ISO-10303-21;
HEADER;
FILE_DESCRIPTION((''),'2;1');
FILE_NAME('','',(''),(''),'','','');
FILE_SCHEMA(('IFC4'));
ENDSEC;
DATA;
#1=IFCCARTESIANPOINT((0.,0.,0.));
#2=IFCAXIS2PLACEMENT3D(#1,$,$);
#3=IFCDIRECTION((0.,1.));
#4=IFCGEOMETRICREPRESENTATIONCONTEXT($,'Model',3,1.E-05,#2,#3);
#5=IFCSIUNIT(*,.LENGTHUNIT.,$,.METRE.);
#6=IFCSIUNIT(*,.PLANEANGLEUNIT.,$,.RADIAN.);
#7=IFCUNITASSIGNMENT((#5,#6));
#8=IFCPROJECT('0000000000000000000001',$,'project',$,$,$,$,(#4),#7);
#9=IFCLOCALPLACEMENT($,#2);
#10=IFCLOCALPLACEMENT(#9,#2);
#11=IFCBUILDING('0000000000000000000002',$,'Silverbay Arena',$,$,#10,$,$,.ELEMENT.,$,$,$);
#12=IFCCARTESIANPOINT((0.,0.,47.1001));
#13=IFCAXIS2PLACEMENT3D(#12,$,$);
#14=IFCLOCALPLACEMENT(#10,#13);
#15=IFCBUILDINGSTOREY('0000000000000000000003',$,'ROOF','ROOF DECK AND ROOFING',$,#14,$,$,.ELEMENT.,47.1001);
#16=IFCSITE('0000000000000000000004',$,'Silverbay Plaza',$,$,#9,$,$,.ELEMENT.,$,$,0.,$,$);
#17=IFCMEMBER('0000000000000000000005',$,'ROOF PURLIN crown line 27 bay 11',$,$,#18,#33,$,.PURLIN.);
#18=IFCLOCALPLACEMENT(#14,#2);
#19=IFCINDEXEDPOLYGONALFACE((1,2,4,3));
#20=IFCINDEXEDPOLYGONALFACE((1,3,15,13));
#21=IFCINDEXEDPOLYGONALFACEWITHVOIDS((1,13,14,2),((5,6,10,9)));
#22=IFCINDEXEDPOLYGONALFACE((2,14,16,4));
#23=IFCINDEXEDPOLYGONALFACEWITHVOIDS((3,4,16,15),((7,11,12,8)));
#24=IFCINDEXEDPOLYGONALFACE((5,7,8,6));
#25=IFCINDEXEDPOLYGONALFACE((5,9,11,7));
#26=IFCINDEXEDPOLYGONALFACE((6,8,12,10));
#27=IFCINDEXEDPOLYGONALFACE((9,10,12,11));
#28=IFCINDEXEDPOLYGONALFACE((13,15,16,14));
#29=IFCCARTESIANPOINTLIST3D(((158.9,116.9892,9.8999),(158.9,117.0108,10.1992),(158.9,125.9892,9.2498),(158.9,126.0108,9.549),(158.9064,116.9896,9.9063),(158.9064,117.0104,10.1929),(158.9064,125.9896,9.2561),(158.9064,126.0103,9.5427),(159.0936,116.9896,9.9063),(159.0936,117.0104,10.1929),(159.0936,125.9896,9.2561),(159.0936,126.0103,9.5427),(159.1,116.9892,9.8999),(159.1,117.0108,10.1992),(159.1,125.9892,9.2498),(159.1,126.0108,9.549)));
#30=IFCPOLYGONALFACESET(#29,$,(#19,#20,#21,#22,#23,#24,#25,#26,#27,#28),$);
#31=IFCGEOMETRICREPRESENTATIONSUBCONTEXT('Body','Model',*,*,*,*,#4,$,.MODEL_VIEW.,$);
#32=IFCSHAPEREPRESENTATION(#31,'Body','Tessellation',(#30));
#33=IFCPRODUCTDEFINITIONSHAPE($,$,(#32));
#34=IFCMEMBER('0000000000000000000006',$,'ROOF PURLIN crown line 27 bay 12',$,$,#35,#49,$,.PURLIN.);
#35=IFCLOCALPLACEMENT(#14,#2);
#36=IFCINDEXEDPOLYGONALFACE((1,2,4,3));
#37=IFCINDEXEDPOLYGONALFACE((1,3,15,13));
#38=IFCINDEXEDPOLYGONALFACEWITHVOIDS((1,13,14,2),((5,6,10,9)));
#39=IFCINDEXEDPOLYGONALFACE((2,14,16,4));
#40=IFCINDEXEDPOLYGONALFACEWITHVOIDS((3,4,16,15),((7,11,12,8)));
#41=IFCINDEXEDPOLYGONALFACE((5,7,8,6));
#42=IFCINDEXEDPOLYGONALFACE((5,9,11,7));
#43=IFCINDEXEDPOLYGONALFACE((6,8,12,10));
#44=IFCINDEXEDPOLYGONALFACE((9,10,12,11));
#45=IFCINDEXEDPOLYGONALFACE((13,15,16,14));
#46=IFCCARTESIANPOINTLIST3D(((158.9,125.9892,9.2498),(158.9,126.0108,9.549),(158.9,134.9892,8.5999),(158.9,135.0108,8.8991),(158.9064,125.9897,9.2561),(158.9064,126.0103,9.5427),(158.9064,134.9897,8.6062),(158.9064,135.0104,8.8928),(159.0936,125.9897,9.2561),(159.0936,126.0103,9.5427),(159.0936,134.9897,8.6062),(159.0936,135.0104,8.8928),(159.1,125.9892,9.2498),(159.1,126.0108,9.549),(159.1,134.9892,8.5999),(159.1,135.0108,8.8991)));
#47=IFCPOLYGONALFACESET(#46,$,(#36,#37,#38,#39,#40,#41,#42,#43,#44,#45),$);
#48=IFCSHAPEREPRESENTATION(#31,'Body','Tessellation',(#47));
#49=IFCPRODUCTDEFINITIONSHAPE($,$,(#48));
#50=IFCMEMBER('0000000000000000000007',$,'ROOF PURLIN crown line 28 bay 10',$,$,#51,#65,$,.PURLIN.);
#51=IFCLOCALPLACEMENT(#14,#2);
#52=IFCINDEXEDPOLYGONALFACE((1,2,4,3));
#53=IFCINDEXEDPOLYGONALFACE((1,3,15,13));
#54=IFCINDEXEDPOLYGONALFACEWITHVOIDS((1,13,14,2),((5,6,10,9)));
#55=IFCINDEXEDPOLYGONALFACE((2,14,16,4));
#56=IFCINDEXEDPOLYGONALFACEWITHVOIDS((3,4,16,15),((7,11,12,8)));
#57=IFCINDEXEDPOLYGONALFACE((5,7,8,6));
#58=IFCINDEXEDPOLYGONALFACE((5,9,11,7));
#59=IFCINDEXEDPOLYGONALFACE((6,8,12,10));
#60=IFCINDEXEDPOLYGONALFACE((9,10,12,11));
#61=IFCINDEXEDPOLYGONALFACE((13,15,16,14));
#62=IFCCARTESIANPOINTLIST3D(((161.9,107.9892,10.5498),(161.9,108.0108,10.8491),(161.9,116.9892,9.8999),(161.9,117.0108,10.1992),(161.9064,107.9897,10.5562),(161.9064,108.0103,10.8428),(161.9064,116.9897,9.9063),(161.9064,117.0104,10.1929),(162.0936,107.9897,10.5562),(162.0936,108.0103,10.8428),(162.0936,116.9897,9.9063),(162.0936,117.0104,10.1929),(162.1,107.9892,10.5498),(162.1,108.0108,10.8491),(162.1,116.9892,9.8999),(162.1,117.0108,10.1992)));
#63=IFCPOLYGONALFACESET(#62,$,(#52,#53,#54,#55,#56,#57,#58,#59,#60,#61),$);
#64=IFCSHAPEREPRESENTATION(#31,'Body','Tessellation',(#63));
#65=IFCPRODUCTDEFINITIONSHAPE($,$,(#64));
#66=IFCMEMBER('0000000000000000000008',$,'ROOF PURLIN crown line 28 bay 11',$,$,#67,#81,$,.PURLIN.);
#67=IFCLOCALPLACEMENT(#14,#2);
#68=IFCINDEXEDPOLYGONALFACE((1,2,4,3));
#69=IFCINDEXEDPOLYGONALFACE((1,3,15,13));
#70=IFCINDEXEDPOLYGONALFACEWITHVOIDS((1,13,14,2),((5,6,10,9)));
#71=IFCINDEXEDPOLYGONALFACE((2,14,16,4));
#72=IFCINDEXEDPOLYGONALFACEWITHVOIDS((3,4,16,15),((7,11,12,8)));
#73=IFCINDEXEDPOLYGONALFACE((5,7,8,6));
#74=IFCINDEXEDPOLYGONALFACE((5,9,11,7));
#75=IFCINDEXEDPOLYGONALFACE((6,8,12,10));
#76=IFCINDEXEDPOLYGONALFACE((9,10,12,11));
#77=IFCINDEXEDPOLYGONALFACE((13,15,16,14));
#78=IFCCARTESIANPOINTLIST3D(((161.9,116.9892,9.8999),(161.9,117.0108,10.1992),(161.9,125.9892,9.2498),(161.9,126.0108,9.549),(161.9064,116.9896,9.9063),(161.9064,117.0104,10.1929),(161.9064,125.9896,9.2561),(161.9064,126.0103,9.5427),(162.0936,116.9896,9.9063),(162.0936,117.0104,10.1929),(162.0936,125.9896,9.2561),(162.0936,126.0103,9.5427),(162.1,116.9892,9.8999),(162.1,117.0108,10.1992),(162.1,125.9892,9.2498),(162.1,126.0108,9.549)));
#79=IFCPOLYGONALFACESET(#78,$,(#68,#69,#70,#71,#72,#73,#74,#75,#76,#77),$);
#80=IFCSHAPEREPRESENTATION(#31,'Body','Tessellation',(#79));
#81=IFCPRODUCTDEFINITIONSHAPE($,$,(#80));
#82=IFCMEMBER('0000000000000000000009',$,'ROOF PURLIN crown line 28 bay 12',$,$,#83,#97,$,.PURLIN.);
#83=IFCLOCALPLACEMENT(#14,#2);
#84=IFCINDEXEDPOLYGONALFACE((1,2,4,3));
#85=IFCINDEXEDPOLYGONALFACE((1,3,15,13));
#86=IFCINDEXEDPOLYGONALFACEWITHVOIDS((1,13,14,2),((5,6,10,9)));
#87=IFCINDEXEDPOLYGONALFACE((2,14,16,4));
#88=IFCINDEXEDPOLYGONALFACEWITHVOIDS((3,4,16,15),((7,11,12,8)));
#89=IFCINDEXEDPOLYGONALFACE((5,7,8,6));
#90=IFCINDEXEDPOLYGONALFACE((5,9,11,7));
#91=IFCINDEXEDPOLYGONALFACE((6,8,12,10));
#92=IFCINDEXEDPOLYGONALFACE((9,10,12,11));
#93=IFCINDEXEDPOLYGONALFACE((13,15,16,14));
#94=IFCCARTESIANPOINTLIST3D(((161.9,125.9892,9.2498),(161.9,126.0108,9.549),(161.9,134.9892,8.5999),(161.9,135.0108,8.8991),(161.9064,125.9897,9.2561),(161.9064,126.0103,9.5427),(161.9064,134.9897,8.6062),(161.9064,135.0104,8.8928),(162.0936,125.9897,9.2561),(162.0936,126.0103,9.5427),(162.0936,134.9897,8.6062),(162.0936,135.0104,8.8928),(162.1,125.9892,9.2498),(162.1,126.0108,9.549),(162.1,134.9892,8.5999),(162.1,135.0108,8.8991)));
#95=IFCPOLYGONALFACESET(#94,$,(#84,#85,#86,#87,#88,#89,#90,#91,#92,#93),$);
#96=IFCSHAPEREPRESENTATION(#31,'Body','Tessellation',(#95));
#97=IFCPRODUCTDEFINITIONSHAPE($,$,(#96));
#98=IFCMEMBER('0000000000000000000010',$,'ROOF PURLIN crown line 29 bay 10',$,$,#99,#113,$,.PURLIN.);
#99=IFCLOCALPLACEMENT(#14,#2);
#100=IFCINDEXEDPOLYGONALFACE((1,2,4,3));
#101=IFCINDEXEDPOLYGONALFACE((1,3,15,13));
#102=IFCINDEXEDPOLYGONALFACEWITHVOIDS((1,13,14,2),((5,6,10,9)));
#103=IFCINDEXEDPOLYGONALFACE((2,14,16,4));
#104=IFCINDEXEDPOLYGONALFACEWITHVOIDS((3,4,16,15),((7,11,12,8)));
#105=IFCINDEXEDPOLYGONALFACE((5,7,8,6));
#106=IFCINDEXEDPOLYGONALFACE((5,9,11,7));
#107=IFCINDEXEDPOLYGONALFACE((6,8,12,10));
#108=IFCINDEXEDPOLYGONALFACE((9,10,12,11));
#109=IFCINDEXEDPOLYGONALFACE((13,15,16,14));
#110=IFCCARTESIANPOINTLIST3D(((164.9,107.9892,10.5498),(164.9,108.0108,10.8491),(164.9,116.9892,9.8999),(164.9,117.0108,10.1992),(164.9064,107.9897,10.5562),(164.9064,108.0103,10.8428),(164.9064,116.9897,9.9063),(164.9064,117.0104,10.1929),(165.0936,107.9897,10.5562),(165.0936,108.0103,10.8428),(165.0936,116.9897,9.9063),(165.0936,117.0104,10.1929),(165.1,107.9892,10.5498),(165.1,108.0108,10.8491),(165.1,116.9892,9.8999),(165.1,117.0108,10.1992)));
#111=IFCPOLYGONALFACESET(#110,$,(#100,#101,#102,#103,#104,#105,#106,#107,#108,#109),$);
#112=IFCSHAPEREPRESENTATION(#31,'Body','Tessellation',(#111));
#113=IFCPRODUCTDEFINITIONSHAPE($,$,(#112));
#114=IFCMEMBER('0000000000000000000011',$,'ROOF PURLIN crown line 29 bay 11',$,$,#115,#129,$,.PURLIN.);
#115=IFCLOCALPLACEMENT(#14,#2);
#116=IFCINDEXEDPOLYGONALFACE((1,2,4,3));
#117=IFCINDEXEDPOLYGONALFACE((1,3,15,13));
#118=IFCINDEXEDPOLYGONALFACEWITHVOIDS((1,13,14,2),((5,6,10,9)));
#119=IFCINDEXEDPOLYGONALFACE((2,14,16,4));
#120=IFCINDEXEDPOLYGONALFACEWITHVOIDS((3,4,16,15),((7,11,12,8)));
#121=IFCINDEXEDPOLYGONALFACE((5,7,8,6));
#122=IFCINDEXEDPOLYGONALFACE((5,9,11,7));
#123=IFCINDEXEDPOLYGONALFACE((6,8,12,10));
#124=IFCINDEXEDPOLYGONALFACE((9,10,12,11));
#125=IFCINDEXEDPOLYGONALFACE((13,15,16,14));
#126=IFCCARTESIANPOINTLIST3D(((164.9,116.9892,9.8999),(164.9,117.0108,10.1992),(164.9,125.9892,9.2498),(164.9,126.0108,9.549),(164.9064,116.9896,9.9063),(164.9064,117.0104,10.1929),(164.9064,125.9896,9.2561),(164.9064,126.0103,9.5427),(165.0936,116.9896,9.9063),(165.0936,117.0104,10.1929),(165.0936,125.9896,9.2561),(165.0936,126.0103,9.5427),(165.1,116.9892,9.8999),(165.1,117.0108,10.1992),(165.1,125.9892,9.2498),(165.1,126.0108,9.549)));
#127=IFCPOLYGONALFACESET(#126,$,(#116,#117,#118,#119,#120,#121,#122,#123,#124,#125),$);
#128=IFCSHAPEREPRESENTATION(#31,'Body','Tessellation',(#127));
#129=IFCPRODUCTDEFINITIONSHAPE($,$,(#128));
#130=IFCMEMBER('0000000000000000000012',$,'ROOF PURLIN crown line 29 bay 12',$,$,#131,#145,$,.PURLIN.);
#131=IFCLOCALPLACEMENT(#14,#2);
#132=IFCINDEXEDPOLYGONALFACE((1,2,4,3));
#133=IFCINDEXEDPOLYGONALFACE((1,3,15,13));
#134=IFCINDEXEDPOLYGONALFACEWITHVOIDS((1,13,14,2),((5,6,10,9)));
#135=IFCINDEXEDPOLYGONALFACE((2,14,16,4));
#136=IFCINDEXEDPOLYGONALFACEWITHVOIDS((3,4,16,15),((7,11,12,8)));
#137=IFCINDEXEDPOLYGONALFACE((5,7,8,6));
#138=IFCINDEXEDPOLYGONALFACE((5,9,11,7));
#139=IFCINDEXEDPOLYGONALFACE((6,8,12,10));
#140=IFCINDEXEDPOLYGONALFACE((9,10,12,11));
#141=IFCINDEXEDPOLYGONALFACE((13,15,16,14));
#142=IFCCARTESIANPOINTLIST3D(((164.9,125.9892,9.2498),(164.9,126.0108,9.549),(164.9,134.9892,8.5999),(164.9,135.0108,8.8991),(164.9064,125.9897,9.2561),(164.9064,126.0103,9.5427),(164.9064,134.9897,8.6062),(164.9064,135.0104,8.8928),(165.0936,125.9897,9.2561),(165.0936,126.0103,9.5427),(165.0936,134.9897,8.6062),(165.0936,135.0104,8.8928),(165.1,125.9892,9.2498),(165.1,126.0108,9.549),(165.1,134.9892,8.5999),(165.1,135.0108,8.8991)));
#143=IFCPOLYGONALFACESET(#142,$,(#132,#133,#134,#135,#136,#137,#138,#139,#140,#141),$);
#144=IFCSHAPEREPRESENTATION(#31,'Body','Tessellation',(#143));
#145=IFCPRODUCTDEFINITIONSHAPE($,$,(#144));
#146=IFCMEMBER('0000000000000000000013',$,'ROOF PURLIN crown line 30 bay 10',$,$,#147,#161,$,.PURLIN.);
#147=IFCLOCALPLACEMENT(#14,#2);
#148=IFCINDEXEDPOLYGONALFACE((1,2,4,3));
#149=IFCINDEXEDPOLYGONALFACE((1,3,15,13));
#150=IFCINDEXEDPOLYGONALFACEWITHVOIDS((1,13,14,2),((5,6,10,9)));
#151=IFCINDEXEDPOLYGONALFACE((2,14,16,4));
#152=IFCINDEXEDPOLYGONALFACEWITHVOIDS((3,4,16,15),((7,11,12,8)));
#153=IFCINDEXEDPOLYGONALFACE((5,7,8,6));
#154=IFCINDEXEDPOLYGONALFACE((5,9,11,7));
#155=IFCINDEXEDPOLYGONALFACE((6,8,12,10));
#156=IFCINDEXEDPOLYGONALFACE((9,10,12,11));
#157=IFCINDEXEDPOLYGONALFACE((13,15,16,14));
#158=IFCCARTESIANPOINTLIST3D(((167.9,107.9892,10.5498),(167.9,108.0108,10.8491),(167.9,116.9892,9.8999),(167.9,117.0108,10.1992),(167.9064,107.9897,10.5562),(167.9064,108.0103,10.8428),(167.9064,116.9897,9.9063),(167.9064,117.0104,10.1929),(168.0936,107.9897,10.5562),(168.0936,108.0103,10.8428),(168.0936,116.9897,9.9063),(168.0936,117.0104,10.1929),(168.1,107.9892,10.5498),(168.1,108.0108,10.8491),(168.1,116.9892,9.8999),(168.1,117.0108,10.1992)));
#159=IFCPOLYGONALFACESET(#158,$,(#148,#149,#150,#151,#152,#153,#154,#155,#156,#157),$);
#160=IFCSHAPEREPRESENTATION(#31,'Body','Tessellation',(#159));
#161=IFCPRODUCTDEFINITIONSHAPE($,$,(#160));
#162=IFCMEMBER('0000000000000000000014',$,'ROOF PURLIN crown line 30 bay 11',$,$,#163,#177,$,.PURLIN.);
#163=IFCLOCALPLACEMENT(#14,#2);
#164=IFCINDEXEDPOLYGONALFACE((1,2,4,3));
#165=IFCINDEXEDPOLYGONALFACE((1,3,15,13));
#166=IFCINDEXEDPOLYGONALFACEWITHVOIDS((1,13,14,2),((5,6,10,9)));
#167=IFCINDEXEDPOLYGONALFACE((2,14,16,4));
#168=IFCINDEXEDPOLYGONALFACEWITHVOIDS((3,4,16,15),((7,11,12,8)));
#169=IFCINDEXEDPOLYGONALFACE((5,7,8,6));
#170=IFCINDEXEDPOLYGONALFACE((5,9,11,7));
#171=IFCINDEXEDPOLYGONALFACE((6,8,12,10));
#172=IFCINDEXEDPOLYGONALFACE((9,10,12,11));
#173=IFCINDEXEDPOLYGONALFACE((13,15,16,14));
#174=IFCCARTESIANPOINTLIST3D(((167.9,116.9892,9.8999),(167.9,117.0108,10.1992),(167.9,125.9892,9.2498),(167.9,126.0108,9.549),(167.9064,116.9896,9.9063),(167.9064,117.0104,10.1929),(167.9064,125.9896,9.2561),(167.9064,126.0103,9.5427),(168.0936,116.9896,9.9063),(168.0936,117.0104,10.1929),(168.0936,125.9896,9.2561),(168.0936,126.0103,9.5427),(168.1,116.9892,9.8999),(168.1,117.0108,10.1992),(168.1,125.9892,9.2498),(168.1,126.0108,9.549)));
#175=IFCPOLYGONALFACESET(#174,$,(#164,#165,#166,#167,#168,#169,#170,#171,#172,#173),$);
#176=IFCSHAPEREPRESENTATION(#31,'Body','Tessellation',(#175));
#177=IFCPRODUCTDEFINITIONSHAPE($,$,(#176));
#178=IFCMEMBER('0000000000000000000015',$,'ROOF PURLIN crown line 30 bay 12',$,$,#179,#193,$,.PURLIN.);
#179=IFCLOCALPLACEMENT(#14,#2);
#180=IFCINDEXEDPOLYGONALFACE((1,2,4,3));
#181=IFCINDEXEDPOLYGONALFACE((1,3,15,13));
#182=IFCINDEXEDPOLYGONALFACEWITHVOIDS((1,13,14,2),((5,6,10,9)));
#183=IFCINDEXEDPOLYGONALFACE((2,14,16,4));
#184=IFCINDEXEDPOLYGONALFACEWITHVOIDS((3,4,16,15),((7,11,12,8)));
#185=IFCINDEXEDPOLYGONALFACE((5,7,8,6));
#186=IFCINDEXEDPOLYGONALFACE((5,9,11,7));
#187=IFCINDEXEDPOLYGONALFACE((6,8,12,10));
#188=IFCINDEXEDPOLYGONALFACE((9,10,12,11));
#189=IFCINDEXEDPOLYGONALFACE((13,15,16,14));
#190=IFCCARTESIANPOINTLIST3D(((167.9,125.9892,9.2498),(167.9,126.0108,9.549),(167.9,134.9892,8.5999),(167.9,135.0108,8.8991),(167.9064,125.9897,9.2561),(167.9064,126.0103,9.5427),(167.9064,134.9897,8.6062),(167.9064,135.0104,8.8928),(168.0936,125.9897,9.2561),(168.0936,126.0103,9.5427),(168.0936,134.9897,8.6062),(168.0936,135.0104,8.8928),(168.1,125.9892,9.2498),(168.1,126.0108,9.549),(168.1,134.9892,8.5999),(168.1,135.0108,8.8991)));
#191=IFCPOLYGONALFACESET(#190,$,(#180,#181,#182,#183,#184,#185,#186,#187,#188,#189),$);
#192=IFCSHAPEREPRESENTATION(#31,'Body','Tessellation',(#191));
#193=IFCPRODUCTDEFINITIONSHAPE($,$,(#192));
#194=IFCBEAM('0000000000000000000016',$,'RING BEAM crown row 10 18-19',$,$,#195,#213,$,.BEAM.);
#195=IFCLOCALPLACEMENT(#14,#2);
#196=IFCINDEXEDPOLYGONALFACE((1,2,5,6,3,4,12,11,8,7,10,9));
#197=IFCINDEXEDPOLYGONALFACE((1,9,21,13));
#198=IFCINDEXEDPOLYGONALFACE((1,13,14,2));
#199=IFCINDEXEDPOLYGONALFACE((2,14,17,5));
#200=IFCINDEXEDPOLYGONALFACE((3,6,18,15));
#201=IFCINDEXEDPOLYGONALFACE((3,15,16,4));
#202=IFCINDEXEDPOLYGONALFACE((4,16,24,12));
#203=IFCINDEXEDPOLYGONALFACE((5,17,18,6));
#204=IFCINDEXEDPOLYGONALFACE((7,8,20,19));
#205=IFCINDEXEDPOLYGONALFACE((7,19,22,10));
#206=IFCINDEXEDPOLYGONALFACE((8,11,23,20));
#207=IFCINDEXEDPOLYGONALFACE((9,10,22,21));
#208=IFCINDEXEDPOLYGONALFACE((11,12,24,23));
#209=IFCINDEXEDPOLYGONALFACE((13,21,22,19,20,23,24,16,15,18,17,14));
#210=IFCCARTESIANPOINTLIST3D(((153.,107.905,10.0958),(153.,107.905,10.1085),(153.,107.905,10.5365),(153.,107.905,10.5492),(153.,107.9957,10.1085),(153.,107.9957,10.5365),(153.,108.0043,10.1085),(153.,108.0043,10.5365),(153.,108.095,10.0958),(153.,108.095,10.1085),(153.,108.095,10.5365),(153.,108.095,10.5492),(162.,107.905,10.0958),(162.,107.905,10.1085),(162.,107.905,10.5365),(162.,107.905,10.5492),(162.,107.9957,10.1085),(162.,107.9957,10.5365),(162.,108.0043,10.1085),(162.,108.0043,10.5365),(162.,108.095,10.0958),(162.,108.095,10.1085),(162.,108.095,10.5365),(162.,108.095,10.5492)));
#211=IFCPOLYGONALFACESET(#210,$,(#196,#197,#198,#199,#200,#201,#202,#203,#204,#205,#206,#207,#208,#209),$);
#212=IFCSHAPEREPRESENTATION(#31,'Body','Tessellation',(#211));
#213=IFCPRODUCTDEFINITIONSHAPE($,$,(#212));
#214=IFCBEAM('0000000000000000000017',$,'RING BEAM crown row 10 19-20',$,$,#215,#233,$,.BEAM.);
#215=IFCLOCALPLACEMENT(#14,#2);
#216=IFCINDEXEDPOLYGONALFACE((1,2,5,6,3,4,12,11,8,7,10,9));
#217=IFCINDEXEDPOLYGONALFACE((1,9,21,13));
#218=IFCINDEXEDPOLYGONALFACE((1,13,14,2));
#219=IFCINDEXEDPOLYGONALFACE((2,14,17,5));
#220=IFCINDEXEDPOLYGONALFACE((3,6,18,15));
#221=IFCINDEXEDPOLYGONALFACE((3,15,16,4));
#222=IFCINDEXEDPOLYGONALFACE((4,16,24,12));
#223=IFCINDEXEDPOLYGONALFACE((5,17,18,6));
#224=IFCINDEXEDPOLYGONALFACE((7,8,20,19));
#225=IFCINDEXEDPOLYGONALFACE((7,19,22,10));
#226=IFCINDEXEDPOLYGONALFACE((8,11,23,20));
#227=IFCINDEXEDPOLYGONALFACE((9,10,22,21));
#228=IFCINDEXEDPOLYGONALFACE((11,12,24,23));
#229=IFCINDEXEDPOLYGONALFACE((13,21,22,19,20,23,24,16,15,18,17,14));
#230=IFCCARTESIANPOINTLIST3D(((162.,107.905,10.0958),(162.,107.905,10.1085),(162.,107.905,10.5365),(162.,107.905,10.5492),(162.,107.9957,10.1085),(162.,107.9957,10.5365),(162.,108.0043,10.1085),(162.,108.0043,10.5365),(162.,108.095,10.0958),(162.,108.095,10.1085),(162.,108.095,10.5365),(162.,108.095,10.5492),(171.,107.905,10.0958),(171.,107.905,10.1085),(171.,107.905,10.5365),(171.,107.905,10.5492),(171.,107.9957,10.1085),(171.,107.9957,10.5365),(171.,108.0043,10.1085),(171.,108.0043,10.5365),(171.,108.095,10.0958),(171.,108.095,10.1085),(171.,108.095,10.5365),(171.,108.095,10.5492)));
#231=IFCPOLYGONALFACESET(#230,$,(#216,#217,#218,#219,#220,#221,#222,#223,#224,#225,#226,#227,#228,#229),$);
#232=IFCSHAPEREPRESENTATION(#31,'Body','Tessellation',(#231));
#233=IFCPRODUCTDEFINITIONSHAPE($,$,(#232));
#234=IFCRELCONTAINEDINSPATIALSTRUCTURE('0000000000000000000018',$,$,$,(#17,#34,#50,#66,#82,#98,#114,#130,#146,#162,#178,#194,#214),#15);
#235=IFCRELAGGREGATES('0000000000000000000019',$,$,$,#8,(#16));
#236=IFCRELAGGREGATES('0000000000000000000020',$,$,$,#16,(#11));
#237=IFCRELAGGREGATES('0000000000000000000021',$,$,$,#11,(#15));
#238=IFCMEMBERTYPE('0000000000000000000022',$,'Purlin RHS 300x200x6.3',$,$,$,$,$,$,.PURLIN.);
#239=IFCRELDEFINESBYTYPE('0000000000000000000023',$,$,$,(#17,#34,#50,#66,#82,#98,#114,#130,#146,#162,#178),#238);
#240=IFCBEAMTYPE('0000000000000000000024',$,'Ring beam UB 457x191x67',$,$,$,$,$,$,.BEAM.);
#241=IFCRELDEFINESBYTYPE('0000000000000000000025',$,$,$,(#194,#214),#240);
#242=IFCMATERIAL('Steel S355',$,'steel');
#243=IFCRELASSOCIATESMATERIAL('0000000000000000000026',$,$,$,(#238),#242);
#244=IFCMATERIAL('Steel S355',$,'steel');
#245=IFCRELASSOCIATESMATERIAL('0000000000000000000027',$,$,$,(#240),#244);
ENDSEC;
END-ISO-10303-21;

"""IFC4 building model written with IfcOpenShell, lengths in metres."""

from ifc_helpers import new_model, si_unit, direction, frame, origin, origin_2d, place, context, subcontext, project, spatial, hollow_rectangle, i_section, extrude, material, material_profile, profile_set, type_object, element, save


model = new_model("IFC4")

# Units and contexts
model_context = context("Model", 3, precision=1e-05, world=origin(), true_north=direction((0.0, 1.0)))
body_context = subcontext(model_context, "Body", "Model", "MODEL_VIEW")
ifc_project = project(units=[si_unit("LENGTHUNIT", "METRE"), si_unit("PLANEANGLEUNIT", "RADIAN")], contexts=[model_context])

# Site, building, storey
site_placement = place(None, origin())
site = spatial("IfcSite", under=ifc_project, at=site_placement, Name="Silverbay Plaza", CompositionType="ELEMENT", RefElevation=0.0)
building_placement = place(site_placement, origin())
building = spatial("IfcBuilding", under=site, at=building_placement, Name="Silverbay Arena", CompositionType="ELEMENT")
storey_placement = place(building_placement, frame((0.0, 0.0, 47.1001)))
storey = spatial("IfcBuildingStorey", under=building, at=storey_placement, Name="ROOF", Description="ROOF DECK AND ROOFING", CompositionType="ELEMENT", Elevation=47.1001)

# Members
ifc_material_1 = material(Name="Steel S355", Category="steel")
ifc_material_profile_1 = material_profile(ifc_material_1, hollow_rectangle(XDim=0.2, YDim=0.3, WallThickness=0.0063, at=origin_2d()), Name="RHS 300x200x6.3")
ifc_profile_set_1 = profile_set([ifc_material_profile_1], Name="Steel S355")
member_type_1 = type_object("IfcMemberType", Name="Purlin RHS 300x200x6.3", PredefinedType="PURLIN", material=ifc_profile_set_1)
for number, where, z_axis, x_axis, name in (
    (1, (159.0, 117.0, 10.0496), (0.0, 0.997401, -0.072051), (-1.0, 0.0, 0.0), "ROOF PURLIN crown line 27 bay 11"),
    (2, (159.0, 126.0, 9.3994), (0.0, 0.997403, -0.072024), (-1.0, 0.0, 0.0), "ROOF PURLIN crown line 27 bay 12"),
    (3, (162.0, 108.0, 10.6995), (0.0, 0.997403, -0.072024), (-1.0, 0.0, 0.0), "ROOF PURLIN crown line 28 bay 10"),
    (4, (162.0, 117.0, 10.0496), (0.0, 0.997401, -0.072051), (-1.0, 0.0, 0.0), "ROOF PURLIN crown line 28 bay 11"),
    (5, (162.0, 126.0, 9.3994), (0.0, 0.997403, -0.072024), (-1.0, 0.0, 0.0), "ROOF PURLIN crown line 28 bay 12"),
    (6, (165.0, 108.0, 10.6995), (0.0, 0.997403, -0.072024), (-1.0, 0.0, 0.0), "ROOF PURLIN crown line 29 bay 10"),
    (7, (165.0, 117.0, 10.0496), (0.0, 0.997401, -0.072051), (-1.0, 0.0, 0.0), "ROOF PURLIN crown line 29 bay 11"),
    (8, (165.0, 126.0, 9.3994), (0.0, 0.997403, -0.072024), (-1.0, 0.0, 0.0), "ROOF PURLIN crown line 29 bay 12"),
    (9, (168.0, 108.0, 10.6995), (0.0, 0.997403, -0.072024), (-1.0, 0.0, 0.0), "ROOF PURLIN crown line 30 bay 10"),
    (10, (168.0, 117.0, 10.0496), (0.0, 0.997401, -0.072051), (-1.0, 0.0, 0.0), "ROOF PURLIN crown line 30 bay 11"),
    (11, (168.0, 126.0, 9.3994), (0.0, 0.997403, -0.072024), (-1.0, 0.0, 0.0), "ROOF PURLIN crown line 30 bay 12"),
):
    element("IfcMember", number, at=place(storey_placement, frame(where, z_axis=z_axis, x_axis=x_axis)), inside=storey, type_object=member_type_1, Name=name, PredefinedType="PURLIN", context=body_context, shape_type="SweptSolid", body=[
        extrude(hollow_rectangle(XDim=0.2, YDim=0.3, WallThickness=0.0063, at=origin_2d()), origin(), (0.0, 0.0, 1.0), 9.0234),
    ])

# Beams
ifc_material_2 = material(Name="Steel S355", Category="steel")
ifc_material_profile_2 = material_profile(ifc_material_2, i_section(OverallWidth=0.1899, OverallDepth=0.4534, WebThickness=0.0085, FlangeThickness=0.0127, at=origin_2d()), Name="UB 457x191x67")
ifc_profile_set_2 = profile_set([ifc_material_profile_2], Name="Steel S355")
beam_type = type_object("IfcBeamType", Name="Ring beam UB 457x191x67", PredefinedType="BEAM", material=ifc_profile_set_2)
for number, where, z_axis, x_axis, name in (
    (12, (153.0, 108.0, 10.3225), (1.0, 0.0, 0.0), (0.0, 1.0, 0.0), "RING BEAM crown row 10 18-19"),
    (13, (162.0, 108.0, 10.3225), (1.0, 0.0, 0.0), (0.0, 1.0, 0.0), "RING BEAM crown row 10 19-20"),
):
    element("IfcBeam", number, at=place(storey_placement, frame(where, z_axis=z_axis, x_axis=x_axis)), inside=storey, type_object=beam_type, Name=name, PredefinedType="BEAM", context=body_context, shape_type="SweptSolid", body=[
        extrude(i_section(OverallWidth=0.1899, OverallDepth=0.4534, WebThickness=0.0085, FlangeThickness=0.0127, at=origin_2d()), origin(), (0.0, 0.0, 1.0), 9.0),
    ])

save(model, "model.ifc")
